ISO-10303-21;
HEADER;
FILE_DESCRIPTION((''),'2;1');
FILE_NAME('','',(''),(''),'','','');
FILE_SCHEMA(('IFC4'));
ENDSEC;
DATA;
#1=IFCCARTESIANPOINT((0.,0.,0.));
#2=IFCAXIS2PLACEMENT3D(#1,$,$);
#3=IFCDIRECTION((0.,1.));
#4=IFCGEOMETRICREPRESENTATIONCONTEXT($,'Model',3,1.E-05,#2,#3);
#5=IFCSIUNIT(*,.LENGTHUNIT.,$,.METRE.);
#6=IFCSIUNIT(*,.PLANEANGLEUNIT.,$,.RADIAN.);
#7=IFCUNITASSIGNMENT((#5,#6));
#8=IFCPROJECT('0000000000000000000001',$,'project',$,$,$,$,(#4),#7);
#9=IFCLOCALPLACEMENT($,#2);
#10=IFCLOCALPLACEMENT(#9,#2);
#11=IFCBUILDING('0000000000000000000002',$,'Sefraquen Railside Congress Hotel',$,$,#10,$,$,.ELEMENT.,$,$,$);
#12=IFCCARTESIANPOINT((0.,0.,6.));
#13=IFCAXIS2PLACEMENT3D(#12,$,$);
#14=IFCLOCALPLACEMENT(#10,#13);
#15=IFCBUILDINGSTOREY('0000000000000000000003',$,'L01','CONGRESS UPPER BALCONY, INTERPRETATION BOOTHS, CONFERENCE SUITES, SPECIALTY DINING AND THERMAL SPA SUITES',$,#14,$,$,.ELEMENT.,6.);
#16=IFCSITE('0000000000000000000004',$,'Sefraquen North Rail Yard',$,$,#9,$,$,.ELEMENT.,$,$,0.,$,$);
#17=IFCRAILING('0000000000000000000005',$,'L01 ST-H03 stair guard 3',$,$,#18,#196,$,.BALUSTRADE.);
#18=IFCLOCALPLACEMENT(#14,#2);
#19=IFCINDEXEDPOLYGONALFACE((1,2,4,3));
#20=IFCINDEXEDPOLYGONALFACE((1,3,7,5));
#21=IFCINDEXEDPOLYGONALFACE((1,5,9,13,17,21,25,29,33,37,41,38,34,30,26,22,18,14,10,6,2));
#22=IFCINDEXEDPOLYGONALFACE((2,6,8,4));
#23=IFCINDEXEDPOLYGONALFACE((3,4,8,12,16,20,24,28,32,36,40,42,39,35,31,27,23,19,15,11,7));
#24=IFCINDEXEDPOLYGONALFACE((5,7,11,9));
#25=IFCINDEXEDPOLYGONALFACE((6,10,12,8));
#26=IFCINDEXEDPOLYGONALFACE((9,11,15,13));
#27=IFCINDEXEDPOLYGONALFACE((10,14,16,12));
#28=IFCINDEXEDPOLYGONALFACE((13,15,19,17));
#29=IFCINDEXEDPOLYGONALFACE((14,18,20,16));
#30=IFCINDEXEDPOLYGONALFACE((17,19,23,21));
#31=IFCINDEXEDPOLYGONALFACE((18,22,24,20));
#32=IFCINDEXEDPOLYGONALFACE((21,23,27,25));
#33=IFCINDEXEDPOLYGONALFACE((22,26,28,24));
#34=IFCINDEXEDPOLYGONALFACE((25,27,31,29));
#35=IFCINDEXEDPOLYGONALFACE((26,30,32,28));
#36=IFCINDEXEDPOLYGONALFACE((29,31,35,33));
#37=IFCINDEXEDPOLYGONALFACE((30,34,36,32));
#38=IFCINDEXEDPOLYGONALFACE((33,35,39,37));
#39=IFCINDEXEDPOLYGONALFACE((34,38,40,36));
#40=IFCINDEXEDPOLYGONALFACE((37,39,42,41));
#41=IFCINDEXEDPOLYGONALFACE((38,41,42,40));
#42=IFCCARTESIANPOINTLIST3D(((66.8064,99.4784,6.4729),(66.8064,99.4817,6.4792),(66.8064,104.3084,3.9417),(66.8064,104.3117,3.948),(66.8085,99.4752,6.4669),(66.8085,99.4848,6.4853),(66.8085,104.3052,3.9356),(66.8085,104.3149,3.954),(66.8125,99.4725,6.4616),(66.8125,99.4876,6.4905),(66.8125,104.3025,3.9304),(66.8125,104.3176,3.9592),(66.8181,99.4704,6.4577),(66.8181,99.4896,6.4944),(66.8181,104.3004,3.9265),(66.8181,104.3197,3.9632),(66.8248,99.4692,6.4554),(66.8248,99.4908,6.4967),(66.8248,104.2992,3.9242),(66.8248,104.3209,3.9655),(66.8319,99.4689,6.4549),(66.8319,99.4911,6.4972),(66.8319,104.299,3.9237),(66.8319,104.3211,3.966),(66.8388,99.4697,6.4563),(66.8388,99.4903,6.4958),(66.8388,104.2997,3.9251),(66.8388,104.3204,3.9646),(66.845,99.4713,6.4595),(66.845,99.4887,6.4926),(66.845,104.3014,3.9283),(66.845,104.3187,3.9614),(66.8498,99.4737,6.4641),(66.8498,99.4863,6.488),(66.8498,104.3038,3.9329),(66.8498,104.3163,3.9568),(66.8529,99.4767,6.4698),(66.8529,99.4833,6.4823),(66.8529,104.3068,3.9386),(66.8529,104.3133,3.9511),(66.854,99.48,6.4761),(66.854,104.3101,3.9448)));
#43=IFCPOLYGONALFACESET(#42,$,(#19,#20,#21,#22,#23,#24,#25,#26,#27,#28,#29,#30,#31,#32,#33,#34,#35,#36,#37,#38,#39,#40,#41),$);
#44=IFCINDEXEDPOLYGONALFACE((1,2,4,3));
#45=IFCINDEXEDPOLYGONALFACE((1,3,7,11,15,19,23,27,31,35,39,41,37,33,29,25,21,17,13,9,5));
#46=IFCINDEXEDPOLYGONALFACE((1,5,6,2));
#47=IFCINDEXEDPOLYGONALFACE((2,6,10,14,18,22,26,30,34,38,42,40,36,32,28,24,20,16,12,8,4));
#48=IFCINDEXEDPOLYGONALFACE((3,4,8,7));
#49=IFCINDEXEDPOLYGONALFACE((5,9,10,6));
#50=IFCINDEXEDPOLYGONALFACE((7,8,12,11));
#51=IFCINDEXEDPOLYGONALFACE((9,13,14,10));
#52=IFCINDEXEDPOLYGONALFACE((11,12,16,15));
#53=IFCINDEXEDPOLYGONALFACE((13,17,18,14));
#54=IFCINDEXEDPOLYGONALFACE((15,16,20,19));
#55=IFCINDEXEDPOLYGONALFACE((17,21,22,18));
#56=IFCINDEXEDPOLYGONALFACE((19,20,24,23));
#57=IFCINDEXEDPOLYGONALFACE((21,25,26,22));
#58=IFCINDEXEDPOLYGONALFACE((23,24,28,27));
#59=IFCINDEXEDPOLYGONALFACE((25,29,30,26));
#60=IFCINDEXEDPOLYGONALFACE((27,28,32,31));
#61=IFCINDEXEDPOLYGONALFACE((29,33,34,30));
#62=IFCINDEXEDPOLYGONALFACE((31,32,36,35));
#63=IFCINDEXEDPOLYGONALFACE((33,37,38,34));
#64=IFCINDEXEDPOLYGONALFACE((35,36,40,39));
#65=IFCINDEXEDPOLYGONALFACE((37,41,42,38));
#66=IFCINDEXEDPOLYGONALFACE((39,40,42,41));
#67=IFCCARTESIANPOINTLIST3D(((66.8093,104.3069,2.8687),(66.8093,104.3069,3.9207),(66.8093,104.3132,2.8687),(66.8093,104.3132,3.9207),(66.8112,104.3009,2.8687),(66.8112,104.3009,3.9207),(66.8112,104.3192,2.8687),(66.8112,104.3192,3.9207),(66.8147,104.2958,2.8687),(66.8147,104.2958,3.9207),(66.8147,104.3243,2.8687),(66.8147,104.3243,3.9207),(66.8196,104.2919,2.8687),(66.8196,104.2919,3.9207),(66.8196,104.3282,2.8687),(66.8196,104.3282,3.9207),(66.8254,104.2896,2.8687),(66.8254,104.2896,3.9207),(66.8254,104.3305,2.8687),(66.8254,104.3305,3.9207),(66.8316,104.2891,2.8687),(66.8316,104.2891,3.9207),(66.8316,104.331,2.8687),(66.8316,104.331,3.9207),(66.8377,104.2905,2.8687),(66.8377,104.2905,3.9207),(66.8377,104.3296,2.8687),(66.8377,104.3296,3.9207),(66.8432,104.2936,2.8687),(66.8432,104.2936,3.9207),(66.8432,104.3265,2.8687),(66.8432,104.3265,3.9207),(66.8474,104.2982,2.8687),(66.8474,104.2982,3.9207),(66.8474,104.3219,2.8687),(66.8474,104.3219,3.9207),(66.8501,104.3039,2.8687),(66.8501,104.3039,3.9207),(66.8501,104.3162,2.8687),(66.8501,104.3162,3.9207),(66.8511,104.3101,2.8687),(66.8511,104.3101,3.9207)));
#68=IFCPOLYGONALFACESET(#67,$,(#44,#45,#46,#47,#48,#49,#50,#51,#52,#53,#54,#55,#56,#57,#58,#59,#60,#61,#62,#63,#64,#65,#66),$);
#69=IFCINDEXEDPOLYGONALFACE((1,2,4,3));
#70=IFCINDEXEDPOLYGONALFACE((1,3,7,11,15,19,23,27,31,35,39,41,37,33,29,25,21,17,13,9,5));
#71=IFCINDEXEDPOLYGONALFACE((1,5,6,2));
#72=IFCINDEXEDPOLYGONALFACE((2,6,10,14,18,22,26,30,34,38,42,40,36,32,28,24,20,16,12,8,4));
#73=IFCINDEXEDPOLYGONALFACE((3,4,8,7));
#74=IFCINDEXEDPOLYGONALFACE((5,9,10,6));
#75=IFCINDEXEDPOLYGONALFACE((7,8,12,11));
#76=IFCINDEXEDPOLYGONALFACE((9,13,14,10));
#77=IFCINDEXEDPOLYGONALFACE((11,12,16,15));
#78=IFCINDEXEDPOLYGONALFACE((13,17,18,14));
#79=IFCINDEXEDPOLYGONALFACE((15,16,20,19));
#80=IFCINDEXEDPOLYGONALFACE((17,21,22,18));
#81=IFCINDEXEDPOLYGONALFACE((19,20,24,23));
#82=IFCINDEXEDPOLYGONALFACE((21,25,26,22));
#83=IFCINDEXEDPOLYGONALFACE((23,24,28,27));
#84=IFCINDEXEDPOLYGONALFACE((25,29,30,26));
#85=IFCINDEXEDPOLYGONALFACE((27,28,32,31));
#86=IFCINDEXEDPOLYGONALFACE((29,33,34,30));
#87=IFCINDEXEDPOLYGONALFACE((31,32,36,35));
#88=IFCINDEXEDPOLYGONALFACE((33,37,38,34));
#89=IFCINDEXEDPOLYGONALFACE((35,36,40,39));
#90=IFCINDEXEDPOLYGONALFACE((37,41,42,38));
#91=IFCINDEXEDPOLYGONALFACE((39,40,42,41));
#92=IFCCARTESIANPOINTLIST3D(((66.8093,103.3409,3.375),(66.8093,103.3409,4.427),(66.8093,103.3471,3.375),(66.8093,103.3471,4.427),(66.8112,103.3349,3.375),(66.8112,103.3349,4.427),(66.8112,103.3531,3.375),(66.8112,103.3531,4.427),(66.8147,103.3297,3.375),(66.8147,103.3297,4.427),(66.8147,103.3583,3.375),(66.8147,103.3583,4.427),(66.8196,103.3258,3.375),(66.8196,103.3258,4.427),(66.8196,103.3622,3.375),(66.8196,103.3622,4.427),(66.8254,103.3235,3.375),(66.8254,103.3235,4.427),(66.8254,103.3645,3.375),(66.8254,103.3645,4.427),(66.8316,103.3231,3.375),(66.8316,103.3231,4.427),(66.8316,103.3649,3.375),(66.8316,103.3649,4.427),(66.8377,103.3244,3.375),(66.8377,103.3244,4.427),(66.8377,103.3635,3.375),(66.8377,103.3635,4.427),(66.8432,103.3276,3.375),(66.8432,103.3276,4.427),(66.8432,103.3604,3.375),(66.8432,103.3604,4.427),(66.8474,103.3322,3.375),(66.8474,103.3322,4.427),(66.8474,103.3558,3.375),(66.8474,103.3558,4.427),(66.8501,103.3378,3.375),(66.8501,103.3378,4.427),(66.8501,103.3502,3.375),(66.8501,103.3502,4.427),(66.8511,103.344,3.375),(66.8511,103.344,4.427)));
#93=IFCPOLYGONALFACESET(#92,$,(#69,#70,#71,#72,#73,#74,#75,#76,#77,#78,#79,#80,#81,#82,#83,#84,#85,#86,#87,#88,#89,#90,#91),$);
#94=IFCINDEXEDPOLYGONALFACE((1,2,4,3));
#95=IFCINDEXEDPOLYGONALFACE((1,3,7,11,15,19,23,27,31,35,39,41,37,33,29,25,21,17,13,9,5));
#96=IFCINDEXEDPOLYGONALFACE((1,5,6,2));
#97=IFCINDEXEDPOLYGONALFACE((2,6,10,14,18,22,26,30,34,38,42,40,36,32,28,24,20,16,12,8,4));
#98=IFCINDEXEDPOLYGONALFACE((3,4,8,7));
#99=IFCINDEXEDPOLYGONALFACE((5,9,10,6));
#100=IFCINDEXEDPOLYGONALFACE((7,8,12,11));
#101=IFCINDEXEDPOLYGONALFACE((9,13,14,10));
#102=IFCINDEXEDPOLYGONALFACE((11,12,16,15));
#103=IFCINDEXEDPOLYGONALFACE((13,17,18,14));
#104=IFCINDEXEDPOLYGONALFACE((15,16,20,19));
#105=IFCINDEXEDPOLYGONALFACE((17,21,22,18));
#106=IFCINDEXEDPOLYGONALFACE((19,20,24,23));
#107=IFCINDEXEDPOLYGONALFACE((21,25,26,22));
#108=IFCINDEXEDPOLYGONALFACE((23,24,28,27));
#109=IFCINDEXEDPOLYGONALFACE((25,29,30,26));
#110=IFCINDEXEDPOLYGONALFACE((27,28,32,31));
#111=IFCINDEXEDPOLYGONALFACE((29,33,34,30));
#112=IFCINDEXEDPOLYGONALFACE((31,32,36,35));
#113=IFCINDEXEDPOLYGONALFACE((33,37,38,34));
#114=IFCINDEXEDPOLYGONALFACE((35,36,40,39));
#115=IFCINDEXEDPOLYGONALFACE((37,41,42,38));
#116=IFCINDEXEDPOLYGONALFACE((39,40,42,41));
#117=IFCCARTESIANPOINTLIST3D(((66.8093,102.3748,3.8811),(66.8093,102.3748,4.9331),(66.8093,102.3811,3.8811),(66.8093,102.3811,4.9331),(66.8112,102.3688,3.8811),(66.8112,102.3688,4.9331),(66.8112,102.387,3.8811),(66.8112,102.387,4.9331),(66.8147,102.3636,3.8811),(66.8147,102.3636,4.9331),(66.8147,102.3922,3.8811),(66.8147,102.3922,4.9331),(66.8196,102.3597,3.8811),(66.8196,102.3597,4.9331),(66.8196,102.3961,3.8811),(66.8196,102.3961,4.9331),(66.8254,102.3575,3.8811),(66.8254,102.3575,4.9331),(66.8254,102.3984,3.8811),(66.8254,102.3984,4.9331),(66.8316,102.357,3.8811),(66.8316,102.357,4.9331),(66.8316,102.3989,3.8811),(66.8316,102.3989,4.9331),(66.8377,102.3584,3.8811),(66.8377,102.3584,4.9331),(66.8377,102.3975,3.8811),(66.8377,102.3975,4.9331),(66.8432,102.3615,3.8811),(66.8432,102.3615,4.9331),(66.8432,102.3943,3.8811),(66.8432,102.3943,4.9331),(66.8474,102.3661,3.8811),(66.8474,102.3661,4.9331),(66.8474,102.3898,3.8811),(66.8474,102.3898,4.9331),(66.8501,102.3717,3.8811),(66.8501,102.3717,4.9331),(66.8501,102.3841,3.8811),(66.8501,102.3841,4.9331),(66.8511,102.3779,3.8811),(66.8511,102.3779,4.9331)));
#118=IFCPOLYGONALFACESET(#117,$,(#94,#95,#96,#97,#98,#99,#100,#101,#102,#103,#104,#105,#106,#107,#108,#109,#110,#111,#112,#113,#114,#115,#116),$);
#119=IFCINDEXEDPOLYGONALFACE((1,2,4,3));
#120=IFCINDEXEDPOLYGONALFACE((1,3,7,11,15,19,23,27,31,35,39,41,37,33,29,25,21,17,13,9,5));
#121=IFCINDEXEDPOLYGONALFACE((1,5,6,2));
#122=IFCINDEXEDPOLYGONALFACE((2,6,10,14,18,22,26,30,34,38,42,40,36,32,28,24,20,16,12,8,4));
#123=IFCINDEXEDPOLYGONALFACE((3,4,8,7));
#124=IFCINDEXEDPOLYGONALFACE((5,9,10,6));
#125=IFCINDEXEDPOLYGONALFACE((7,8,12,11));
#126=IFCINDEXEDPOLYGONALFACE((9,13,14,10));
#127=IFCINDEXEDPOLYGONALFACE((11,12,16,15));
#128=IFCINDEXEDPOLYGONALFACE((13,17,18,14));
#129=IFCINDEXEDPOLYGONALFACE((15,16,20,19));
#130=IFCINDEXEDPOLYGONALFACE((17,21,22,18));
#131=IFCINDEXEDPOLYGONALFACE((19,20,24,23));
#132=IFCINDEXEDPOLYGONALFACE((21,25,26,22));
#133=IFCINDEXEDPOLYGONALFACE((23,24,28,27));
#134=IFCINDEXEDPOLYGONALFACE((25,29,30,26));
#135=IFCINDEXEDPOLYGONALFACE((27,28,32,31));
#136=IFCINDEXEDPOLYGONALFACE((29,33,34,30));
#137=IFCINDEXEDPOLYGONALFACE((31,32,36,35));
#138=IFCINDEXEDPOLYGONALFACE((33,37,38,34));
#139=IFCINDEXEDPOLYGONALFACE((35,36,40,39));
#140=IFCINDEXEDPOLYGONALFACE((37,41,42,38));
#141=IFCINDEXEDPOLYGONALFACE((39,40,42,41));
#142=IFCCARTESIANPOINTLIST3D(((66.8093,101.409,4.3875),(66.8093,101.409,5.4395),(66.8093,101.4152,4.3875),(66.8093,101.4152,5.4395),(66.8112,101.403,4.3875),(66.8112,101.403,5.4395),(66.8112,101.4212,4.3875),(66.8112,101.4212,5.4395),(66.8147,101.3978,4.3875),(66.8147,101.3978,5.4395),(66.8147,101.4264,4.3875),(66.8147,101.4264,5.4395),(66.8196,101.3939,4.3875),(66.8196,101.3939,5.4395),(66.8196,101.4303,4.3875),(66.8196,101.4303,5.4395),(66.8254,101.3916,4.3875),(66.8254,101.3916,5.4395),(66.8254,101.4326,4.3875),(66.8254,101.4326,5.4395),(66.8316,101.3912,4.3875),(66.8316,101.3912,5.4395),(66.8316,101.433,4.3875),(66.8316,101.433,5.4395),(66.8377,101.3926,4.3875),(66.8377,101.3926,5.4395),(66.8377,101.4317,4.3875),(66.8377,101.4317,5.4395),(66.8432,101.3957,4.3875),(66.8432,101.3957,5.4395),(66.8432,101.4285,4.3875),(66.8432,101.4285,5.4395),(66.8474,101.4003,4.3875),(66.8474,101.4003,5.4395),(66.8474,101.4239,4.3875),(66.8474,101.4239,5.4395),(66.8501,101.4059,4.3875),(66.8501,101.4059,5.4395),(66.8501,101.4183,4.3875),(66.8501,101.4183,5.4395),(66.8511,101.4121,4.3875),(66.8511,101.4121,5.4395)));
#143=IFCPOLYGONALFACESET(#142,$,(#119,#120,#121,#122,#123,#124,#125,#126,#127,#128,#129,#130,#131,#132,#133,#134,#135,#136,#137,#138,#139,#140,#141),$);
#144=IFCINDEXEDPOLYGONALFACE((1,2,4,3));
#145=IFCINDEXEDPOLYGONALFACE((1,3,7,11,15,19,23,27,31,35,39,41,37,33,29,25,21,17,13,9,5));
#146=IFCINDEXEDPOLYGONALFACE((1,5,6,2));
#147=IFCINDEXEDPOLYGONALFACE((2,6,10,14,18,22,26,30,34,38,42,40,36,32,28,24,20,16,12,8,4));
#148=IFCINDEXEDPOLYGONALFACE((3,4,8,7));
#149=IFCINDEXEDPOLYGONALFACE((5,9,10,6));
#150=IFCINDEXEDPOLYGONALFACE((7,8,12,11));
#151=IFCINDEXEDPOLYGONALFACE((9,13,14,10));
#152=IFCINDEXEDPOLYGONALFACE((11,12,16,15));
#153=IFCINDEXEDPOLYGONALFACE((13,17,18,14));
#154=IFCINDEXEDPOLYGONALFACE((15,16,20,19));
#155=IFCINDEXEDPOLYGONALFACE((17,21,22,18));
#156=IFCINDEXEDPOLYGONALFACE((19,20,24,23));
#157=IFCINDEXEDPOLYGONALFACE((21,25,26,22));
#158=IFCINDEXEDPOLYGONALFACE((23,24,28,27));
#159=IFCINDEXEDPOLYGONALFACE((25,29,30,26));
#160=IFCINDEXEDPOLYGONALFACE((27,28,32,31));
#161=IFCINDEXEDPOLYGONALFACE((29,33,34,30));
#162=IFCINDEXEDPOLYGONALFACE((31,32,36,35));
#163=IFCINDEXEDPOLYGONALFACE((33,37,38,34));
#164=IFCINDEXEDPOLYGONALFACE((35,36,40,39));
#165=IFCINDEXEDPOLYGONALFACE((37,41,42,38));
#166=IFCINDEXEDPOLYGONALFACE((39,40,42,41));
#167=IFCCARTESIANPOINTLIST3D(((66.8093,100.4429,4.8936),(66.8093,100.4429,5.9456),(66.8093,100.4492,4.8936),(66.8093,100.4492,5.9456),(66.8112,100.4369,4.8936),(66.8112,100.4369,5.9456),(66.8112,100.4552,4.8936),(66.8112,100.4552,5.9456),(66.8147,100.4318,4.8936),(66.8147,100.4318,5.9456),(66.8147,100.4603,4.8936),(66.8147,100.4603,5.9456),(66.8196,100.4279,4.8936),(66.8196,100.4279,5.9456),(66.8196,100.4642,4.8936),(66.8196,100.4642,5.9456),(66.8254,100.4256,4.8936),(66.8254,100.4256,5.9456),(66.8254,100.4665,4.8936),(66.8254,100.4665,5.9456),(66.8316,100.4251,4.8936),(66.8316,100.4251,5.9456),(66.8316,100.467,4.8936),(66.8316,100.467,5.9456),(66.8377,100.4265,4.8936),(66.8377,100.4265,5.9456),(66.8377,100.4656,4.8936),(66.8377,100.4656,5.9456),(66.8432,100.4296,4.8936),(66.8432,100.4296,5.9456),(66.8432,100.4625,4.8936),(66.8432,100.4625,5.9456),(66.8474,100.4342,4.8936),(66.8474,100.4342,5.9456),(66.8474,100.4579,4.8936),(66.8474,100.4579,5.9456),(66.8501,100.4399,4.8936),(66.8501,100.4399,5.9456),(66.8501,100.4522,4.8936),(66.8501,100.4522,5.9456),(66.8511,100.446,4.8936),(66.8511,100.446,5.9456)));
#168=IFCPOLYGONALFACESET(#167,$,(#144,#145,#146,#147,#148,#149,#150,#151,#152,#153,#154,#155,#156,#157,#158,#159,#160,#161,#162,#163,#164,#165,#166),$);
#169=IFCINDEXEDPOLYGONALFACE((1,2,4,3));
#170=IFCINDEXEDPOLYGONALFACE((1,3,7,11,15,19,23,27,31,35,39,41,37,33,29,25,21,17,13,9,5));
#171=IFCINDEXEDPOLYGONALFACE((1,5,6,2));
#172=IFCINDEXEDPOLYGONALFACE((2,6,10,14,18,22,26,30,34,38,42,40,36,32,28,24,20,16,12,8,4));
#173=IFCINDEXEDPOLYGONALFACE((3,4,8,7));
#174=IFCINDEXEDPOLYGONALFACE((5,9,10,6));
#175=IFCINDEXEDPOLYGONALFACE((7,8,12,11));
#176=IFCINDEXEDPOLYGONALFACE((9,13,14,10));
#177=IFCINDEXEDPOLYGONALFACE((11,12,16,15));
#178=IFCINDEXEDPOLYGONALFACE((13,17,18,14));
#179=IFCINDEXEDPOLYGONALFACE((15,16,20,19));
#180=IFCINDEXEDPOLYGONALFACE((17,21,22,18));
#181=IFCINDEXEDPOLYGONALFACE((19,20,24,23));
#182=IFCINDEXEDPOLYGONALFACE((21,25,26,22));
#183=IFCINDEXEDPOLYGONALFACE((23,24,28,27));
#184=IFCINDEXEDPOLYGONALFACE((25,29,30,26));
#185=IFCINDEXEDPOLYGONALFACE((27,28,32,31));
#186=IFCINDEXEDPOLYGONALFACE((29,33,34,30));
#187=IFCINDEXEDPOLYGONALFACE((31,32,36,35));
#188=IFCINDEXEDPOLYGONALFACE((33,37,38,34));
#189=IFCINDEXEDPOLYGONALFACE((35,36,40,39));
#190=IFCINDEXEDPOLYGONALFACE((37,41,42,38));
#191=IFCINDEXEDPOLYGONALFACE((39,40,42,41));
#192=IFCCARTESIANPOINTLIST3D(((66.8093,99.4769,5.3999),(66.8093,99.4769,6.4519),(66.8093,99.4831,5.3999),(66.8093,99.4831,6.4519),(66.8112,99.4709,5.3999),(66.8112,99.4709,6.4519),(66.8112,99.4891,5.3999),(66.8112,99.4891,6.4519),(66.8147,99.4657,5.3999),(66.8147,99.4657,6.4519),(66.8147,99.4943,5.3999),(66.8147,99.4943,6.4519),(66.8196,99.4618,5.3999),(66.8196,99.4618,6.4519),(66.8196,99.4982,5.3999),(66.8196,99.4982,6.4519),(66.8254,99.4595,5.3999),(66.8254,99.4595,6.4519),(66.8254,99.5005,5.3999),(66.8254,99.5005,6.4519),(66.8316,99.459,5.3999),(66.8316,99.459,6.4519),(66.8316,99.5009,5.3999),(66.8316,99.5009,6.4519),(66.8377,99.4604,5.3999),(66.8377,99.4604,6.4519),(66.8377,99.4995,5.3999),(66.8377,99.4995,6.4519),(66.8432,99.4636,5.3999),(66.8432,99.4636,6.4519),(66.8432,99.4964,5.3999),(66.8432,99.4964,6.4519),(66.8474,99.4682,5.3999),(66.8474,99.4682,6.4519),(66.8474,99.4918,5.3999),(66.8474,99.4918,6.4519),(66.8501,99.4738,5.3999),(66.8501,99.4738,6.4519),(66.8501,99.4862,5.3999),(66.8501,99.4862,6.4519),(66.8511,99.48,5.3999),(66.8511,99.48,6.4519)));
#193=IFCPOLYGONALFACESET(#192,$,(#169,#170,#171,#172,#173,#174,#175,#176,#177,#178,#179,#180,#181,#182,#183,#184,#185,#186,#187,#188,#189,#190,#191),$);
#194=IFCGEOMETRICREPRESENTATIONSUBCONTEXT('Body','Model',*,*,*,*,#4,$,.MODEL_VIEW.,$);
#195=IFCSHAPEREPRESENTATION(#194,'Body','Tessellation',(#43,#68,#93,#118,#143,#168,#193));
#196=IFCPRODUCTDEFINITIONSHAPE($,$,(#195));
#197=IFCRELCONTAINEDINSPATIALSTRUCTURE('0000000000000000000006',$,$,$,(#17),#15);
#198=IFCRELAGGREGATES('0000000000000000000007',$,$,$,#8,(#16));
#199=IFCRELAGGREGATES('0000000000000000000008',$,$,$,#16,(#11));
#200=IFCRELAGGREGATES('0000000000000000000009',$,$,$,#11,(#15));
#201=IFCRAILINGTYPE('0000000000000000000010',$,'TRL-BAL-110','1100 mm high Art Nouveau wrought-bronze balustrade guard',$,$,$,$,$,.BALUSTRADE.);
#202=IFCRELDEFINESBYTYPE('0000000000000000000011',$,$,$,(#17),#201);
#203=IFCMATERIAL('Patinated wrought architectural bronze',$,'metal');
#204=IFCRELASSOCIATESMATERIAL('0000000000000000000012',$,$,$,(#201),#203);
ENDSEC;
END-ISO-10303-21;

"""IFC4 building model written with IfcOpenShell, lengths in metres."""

from ifc_helpers import new_model, si_unit, direction, frame, origin, origin_2d, place, context, subcontext, project, spatial, circle, extrude, material, type_object, element, save


model = new_model("IFC4")

# Units and contexts
model_context = context("Model", 3, precision=1e-05, world=origin(), true_north=direction((0.0, 1.0)))
body_context = subcontext(model_context, "Body", "Model", "MODEL_VIEW")
ifc_project = project(units=[si_unit("LENGTHUNIT", "METRE"), si_unit("PLANEANGLEUNIT", "RADIAN")], contexts=[model_context])

# Site, building, storey
site_placement = place(None, origin())
site = spatial("IfcSite", under=ifc_project, at=site_placement, Name="Sefraquen North Rail Yard", CompositionType="ELEMENT", RefElevation=0.0)
building_placement = place(site_placement, origin())
building = spatial("IfcBuilding", under=site, at=building_placement, Name="Sefraquen Railside Congress Hotel", CompositionType="ELEMENT")
storey_placement = place(building_placement, frame((0.0, 0.0, 6.0)))
storey = spatial("IfcBuildingStorey", under=building, at=storey_placement, Name="L01", Description="CONGRESS UPPER BALCONY, INTERPRETATION BOOTHS, CONFERENCE SUITES, SPECIALTY DINING AND THERMAL SPA SUITES", CompositionType="ELEMENT", Elevation=6.0)

# Railing
ifc_material_1 = material(Name="Patinated wrought architectural bronze", Category="metal")
railing_type_1 = type_object("IfcRailingType", Name="TRL-BAL-110", Description="1100 mm high Art Nouveau wrought-bronze balustrade guard", PredefinedType="BALUSTRADE", material=ifc_material_1)
railing_1_placement = place(storey_placement, frame((66.8301, 104.3101, 2.8687)))
element("IfcRailing", 1, at=railing_1_placement, inside=storey, type_object=railing_type_1, Name="L01 ST-H03 stair guard 3", PredefinedType="BALUSTRADE", context=body_context, shape_type="SweptSolid", body=[
    extrude(circle(Radius=0.0239, at=origin_2d()), frame((0.0, 0.0, 1.0762), z_axis=(0.0, -0.88574, 0.464181), x_axis=(1.0, 0.0, 0.0)), (0.0, 0.0, 1.0), 5.4531),
    extrude(circle(Radius=0.021, at=origin_2d()), origin(), (0.0, 0.0, 1.0), 1.052),
    extrude(circle(Radius=0.021, at=origin_2d()), frame((0.0, -0.9661, 0.5063)), (0.0, 0.0, 1.0), 1.052),
    extrude(circle(Radius=0.021, at=origin_2d()), frame((0.0, -1.9321, 1.0125)), (0.0, 0.0, 1.0), 1.052),
    extrude(circle(Radius=0.021, at=origin_2d()), frame((0.0, -2.8979, 1.5188)), (0.0, 0.0, 1.0), 1.052),
    extrude(circle(Radius=0.021, at=origin_2d()), frame((0.0, -3.864, 2.0249)), (0.0, 0.0, 1.0), 1.052),
    extrude(circle(Radius=0.021, at=origin_2d()), frame((0.0, -4.8301, 2.5312)), (0.0, 0.0, 1.0), 1.052),
])

save(model, "model.ifc")
